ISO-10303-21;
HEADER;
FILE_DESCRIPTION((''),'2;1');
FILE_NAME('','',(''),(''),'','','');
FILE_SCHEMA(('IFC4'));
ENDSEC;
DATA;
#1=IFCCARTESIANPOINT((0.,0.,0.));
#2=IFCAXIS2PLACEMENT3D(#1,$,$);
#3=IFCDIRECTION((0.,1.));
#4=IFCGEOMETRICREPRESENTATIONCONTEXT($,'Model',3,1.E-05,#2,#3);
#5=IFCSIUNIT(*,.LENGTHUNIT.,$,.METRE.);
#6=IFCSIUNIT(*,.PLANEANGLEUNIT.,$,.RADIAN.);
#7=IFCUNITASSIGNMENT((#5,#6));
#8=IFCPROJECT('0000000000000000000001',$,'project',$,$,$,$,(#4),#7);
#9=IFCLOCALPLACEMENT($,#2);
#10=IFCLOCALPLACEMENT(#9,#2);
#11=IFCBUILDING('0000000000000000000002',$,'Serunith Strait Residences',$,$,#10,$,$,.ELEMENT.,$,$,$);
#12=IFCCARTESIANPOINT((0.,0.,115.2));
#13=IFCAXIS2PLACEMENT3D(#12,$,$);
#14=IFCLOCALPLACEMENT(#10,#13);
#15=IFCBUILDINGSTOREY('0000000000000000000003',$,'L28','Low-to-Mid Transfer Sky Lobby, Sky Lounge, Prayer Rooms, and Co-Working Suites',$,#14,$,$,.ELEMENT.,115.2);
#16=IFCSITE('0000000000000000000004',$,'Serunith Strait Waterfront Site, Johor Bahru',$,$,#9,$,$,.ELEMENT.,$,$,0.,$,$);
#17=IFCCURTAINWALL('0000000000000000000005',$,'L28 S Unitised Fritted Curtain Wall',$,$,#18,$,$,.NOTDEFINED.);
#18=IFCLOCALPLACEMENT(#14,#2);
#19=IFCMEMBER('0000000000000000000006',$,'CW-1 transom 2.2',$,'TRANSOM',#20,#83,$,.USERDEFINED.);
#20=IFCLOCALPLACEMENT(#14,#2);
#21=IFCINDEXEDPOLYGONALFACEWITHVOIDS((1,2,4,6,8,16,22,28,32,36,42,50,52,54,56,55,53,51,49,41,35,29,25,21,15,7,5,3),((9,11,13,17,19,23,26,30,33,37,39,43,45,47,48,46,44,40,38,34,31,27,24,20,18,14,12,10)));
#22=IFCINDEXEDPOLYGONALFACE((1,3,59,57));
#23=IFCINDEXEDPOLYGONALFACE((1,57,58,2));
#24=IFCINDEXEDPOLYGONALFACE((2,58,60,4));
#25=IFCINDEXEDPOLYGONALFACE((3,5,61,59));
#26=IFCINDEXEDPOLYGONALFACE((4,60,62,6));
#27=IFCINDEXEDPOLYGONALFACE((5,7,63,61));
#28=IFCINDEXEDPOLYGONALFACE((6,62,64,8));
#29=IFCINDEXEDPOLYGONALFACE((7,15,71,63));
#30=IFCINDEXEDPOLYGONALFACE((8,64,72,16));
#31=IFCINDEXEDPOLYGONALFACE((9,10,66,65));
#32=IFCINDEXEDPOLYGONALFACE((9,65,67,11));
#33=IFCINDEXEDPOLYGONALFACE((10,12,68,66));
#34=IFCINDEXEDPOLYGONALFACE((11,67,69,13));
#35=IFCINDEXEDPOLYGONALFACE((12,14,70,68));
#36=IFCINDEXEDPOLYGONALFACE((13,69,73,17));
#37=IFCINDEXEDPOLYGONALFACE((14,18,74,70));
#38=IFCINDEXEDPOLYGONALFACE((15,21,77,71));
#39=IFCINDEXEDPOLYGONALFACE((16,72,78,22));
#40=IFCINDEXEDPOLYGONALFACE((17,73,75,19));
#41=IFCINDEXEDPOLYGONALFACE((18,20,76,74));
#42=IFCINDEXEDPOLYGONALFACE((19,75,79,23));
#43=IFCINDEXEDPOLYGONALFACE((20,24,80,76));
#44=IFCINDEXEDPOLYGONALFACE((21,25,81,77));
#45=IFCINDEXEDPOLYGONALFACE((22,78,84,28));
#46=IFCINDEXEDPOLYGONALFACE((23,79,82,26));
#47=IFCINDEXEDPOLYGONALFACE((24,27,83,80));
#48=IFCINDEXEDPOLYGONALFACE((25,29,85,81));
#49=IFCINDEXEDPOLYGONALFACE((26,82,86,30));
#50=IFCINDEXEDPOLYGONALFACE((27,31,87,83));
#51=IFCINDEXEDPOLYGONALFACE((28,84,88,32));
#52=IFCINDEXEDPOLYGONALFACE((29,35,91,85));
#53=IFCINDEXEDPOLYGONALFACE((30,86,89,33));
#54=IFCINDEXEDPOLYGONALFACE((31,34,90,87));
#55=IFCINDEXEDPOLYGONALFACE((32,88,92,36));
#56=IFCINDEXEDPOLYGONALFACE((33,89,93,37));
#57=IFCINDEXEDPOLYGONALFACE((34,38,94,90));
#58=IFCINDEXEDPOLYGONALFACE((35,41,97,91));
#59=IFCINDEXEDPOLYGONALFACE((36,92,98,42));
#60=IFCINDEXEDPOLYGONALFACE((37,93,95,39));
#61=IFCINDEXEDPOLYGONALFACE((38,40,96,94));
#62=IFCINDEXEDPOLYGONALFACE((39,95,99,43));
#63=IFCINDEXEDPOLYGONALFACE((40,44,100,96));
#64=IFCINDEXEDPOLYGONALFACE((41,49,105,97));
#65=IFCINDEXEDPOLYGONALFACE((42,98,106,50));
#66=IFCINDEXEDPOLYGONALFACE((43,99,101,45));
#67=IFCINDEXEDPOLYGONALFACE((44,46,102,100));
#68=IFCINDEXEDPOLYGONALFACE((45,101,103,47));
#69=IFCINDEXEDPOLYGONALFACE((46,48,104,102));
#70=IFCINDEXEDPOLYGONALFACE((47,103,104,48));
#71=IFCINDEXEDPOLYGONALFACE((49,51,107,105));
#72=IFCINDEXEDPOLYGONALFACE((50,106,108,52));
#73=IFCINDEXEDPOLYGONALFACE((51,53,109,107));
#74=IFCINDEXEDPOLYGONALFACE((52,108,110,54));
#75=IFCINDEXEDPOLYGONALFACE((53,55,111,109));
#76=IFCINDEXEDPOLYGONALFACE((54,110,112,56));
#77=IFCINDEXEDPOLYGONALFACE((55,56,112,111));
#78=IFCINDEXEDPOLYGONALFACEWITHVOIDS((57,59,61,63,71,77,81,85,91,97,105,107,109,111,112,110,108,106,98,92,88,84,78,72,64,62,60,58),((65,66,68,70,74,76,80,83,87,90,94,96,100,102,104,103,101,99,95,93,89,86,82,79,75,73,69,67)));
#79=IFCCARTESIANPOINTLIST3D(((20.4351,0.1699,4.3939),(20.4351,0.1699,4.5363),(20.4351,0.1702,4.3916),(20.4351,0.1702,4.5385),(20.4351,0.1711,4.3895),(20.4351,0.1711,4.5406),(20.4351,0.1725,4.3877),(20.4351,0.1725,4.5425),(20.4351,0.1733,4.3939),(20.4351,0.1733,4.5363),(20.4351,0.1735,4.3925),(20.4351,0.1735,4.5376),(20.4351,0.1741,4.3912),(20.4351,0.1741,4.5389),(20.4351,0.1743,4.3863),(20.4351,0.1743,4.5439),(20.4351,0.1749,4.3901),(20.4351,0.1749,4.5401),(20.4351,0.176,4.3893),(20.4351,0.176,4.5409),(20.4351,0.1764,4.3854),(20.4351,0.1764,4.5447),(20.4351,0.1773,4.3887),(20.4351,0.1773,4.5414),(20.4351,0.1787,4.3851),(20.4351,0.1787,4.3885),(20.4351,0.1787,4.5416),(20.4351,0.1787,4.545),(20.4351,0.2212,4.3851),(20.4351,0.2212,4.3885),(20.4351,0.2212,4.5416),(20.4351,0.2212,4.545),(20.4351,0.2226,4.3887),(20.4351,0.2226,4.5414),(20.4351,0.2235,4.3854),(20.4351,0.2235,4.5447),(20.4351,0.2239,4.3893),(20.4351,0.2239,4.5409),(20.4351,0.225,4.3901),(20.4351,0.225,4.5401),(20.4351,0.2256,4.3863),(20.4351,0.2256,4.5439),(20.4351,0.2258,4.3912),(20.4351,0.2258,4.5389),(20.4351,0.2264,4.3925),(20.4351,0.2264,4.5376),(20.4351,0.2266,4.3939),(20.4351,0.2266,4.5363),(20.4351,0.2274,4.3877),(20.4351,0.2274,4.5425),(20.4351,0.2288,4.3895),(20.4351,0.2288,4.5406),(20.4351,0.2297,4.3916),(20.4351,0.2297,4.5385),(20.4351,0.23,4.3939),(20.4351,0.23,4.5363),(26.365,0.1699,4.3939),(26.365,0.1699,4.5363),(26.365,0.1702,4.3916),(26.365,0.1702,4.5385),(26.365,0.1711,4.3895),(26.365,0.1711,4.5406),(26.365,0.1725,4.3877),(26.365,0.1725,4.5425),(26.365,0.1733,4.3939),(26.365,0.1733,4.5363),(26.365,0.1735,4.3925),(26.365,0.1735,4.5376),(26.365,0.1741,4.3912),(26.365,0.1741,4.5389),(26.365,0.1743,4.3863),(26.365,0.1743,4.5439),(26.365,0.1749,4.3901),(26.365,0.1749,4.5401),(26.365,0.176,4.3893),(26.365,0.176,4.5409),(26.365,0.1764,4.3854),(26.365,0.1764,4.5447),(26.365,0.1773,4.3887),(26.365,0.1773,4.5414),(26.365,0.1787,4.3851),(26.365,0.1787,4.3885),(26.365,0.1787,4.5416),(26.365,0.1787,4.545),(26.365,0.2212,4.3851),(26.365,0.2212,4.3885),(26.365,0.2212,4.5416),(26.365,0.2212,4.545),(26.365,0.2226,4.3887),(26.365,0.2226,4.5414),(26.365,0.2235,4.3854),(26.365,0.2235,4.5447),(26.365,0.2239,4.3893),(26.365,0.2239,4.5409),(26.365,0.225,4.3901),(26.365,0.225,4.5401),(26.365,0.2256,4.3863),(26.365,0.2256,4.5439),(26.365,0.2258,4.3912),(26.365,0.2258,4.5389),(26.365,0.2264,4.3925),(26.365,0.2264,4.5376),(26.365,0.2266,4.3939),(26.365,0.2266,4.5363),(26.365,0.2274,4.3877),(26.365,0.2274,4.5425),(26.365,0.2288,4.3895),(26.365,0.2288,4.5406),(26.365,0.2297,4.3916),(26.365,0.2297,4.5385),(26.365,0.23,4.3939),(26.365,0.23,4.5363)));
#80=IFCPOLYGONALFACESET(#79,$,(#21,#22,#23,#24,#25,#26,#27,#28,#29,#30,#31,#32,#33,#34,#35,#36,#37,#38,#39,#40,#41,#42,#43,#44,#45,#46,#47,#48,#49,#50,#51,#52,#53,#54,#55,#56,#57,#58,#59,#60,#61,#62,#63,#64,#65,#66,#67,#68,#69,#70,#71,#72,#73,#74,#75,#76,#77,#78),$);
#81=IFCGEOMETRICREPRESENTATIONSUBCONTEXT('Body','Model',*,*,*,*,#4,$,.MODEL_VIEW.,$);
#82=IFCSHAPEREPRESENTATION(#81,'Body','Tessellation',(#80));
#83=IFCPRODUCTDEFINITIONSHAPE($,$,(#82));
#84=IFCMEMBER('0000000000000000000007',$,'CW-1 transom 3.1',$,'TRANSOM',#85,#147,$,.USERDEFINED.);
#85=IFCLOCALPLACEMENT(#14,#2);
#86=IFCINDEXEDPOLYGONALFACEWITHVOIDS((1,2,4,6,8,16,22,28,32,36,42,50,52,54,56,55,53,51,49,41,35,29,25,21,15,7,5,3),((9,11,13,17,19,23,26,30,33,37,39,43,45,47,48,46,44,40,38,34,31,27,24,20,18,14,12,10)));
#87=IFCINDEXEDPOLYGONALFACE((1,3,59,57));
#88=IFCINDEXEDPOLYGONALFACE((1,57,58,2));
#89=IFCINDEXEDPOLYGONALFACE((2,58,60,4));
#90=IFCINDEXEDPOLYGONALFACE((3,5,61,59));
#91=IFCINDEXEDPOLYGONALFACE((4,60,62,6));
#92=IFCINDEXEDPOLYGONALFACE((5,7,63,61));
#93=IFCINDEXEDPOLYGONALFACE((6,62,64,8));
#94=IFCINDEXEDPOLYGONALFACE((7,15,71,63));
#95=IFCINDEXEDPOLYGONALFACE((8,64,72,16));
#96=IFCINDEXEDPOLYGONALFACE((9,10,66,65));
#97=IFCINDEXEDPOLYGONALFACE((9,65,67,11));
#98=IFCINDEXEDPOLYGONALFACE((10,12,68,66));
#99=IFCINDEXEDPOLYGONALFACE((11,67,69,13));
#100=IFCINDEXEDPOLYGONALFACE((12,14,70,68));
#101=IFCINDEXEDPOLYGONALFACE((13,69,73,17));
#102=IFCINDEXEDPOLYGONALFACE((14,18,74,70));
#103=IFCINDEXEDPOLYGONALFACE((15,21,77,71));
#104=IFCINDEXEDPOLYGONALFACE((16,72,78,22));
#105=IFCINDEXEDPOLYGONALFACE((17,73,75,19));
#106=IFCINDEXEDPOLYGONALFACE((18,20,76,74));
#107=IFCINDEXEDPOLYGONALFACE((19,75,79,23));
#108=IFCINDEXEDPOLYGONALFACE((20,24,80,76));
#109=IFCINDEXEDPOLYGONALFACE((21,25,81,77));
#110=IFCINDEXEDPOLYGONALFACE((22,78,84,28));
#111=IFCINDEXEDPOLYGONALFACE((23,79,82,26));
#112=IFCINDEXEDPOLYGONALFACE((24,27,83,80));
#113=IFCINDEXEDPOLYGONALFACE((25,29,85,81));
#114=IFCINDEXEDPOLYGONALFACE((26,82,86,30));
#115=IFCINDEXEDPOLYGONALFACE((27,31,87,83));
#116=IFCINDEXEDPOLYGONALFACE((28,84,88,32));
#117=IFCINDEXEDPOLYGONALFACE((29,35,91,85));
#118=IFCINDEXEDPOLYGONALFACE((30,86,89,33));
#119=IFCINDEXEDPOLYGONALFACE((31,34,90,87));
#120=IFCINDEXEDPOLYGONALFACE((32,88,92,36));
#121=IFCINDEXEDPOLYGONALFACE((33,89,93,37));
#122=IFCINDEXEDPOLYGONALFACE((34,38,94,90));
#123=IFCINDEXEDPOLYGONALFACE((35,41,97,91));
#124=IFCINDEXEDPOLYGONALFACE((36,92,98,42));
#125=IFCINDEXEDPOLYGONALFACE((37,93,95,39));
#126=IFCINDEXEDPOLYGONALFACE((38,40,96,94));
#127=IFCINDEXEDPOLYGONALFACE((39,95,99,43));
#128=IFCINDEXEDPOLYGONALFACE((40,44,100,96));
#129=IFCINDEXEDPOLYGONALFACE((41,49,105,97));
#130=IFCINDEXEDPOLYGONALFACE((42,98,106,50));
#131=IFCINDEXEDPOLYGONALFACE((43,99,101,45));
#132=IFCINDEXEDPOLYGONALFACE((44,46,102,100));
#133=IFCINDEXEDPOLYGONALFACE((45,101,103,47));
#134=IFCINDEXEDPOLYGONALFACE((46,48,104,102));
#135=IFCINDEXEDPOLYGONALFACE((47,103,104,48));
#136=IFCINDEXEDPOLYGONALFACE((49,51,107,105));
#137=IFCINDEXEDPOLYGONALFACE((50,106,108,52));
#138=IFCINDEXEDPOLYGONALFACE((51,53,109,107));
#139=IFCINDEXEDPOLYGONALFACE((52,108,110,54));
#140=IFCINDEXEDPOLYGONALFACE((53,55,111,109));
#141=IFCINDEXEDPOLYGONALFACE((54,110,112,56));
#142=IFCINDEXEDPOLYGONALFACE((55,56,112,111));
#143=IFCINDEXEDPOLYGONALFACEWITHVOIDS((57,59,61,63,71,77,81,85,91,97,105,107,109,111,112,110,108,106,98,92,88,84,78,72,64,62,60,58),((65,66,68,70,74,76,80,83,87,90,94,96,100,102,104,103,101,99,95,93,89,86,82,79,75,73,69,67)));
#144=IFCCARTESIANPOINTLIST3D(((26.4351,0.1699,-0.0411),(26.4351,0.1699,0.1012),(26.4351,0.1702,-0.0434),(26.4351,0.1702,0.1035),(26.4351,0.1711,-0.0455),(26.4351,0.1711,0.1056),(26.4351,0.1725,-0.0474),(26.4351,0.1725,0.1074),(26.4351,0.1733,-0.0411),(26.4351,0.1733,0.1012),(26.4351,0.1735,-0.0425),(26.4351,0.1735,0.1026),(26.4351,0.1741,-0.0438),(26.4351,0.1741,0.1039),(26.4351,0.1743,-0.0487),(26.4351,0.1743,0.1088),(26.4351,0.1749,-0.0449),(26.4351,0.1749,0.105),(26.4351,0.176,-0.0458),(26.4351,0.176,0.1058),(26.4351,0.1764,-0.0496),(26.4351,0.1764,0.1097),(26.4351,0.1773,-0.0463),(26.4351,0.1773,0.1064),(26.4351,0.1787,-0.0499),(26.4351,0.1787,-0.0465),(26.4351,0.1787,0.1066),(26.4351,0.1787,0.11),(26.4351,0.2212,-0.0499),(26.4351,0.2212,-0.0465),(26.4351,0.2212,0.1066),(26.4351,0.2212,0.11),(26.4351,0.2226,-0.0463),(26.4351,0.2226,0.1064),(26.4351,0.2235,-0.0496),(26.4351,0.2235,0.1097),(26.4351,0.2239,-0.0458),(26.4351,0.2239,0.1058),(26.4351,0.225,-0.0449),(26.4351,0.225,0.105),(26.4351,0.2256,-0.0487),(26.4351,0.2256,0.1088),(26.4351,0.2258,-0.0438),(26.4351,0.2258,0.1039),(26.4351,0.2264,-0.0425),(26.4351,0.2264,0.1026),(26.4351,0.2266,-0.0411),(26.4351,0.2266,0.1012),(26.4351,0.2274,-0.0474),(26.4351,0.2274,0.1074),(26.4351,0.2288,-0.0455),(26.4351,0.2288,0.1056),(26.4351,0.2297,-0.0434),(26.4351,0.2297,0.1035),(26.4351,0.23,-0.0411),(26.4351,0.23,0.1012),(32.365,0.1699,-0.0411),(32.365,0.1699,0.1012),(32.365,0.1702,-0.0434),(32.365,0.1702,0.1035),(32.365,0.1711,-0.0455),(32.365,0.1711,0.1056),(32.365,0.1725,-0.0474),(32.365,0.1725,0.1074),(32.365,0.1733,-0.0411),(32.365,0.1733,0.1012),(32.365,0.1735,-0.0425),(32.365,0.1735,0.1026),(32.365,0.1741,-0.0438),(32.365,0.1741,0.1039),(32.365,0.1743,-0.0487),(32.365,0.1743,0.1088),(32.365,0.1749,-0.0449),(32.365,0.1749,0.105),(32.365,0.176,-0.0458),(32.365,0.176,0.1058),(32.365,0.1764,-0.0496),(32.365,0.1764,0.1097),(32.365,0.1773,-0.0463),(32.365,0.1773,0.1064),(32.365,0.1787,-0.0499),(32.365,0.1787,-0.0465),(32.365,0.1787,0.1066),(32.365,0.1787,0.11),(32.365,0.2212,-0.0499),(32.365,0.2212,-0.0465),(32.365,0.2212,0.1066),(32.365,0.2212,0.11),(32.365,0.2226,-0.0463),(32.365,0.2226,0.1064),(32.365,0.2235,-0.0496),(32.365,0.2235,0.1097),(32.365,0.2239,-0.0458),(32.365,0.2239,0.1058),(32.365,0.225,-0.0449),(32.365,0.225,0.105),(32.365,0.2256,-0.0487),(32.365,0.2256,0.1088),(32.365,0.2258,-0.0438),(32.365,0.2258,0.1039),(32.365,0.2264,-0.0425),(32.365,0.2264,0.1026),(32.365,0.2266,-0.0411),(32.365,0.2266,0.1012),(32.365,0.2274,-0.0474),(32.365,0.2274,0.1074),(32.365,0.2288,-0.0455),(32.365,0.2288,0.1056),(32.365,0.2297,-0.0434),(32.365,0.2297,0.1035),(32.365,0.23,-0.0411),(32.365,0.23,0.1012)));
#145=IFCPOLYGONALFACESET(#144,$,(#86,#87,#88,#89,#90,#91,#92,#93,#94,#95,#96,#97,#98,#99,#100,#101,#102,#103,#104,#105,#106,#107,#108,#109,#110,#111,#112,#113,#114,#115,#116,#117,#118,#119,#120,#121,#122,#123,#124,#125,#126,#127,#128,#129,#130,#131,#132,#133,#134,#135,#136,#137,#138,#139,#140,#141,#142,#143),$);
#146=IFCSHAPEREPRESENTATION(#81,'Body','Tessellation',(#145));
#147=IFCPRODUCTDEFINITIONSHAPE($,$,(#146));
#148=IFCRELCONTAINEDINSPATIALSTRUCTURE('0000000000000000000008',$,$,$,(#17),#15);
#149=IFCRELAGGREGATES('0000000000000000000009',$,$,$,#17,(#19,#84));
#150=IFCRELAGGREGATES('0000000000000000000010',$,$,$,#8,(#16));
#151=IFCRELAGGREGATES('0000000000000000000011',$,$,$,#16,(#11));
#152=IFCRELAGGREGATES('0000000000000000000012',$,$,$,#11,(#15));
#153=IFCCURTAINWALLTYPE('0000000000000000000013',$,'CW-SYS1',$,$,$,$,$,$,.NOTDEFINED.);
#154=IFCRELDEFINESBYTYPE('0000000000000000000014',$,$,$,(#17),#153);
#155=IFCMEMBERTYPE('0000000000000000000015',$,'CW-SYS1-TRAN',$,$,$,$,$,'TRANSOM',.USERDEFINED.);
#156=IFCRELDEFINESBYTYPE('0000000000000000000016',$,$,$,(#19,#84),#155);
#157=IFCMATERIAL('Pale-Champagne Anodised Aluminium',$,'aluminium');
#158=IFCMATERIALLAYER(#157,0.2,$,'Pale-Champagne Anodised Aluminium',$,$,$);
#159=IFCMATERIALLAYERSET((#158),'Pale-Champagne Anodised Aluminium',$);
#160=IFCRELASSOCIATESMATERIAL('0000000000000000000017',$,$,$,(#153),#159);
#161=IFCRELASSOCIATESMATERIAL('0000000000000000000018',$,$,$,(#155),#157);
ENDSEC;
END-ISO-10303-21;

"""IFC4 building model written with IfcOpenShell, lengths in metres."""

from ifc_helpers import new_model, si_unit, direction, frame, origin, origin_2d, place, context, subcontext, project, spatial, hollow_rectangle, extrude, source, transform, mapped, material, layer, layer_set, material_profile, profile_set, type_object, element, aggregate, save


model = new_model("IFC4")

# Units and contexts
model_context = context("Model", 3, precision=1e-05, world=origin(), true_north=direction((0.0, 1.0)))
body_context = subcontext(model_context, "Body", "Model", "MODEL_VIEW")
ifc_project = project(units=[si_unit("LENGTHUNIT", "METRE"), si_unit("PLANEANGLEUNIT", "RADIAN")], contexts=[model_context])

# Site, building, storey
site_placement = place(None, origin())
site = spatial("IfcSite", under=ifc_project, at=site_placement, Name="Serunith Strait Waterfront Site, Johor Bahru", CompositionType="ELEMENT", RefElevation=0.0)
building_placement = place(site_placement, origin())
building = spatial("IfcBuilding", under=site, at=building_placement, Name="Serunith Strait Residences", CompositionType="ELEMENT")
storey_placement = place(building_placement, frame((0.0, 0.0, 115.2)))
storey = spatial("IfcBuildingStorey", under=building, at=storey_placement, Name="L28", Description="Low-to-Mid Transfer Sky Lobby, Sky Lounge, Prayer Rooms, and Co-Working Suites", CompositionType="ELEMENT", Elevation=115.2)

# Curtain wall, members
ifc_material_1 = material(Name="Pale-Champagne Anodised Aluminium", Category="aluminium")
ifc_layer_1 = layer(ifc_material_1, 0.2, Name="Pale-Champagne Anodised Aluminium")
ifc_layer_set_1 = layer_set([ifc_layer_1], Name="Pale-Champagne Anodised Aluminium")
curtain_wall_type = type_object("IfcCurtainWallType", Name="CW-SYS1", PredefinedType="NOTDEFINED", material=ifc_layer_set_1)
curtain_wall_placement = place(storey_placement, origin())
curtain_wall = element("IfcCurtainWall", 1, at=curtain_wall_placement, inside=storey, type_object=curtain_wall_type, Name="L28 S Unitised Fritted Curtain Wall", PredefinedType="NOTDEFINED")
ifc_material_profile_1 = material_profile(ifc_material_1, hollow_rectangle(XDim=0.0601, YDim=0.1599, WallThickness=0.0034, InnerFilletRadius=0.0054, OuterFilletRadius=0.0088, at=origin_2d()), Name="ALU 160x60x3.5")
ifc_profile_set_1 = profile_set([ifc_material_profile_1], Name="Pale-Champagne Anodised Aluminium")
member_type_1 = type_object("IfcMemberType", Name="CW-SYS1-TRAN", ElementType="TRANSOM", PredefinedType="USERDEFINED", material=ifc_profile_set_1)
shared_shape_1 = source(origin(), body_context, "Body", "SweptSolid", [
    extrude(hollow_rectangle(XDim=0.0601, YDim=0.1599, WallThickness=0.0034, InnerFilletRadius=0.0054, OuterFilletRadius=0.0088, at=origin_2d()), origin(), (0.0, 0.0, 1.0), 5.9299),
])
member_1_placement = place(storey_placement, frame((20.4351, 0.2, 4.4651), z_axis=(1.0, 0.0, 0.0), x_axis=(0.0, 1.0, 0.0)))
member_1 = element("IfcMember", 2, at=member_1_placement, type_object=member_type_1, Name="CW-1 transom 2.2", ObjectType="TRANSOM", PredefinedType="USERDEFINED", context=body_context, shape_type="MappedRepresentation", body=[
    mapped(shared_shape_1, transform((0.0, 0.0, 0.0), scale=1.0)),
])
member_2_placement = place(storey_placement, frame((26.4351, 0.2, 0.03), z_axis=(1.0, 0.0, 0.0), x_axis=(0.0, 1.0, 0.0)))
member_2 = element("IfcMember", 3, at=member_2_placement, type_object=member_type_1, Name="CW-1 transom 3.1", ObjectType="TRANSOM", PredefinedType="USERDEFINED", context=body_context, shape_type="MappedRepresentation", body=[
    mapped(shared_shape_1, transform((0.0, 0.0, 0.0), scale=1.0)),
])
aggregate(curtain_wall, [member_1, member_2])

save(model, "model.ifc")
